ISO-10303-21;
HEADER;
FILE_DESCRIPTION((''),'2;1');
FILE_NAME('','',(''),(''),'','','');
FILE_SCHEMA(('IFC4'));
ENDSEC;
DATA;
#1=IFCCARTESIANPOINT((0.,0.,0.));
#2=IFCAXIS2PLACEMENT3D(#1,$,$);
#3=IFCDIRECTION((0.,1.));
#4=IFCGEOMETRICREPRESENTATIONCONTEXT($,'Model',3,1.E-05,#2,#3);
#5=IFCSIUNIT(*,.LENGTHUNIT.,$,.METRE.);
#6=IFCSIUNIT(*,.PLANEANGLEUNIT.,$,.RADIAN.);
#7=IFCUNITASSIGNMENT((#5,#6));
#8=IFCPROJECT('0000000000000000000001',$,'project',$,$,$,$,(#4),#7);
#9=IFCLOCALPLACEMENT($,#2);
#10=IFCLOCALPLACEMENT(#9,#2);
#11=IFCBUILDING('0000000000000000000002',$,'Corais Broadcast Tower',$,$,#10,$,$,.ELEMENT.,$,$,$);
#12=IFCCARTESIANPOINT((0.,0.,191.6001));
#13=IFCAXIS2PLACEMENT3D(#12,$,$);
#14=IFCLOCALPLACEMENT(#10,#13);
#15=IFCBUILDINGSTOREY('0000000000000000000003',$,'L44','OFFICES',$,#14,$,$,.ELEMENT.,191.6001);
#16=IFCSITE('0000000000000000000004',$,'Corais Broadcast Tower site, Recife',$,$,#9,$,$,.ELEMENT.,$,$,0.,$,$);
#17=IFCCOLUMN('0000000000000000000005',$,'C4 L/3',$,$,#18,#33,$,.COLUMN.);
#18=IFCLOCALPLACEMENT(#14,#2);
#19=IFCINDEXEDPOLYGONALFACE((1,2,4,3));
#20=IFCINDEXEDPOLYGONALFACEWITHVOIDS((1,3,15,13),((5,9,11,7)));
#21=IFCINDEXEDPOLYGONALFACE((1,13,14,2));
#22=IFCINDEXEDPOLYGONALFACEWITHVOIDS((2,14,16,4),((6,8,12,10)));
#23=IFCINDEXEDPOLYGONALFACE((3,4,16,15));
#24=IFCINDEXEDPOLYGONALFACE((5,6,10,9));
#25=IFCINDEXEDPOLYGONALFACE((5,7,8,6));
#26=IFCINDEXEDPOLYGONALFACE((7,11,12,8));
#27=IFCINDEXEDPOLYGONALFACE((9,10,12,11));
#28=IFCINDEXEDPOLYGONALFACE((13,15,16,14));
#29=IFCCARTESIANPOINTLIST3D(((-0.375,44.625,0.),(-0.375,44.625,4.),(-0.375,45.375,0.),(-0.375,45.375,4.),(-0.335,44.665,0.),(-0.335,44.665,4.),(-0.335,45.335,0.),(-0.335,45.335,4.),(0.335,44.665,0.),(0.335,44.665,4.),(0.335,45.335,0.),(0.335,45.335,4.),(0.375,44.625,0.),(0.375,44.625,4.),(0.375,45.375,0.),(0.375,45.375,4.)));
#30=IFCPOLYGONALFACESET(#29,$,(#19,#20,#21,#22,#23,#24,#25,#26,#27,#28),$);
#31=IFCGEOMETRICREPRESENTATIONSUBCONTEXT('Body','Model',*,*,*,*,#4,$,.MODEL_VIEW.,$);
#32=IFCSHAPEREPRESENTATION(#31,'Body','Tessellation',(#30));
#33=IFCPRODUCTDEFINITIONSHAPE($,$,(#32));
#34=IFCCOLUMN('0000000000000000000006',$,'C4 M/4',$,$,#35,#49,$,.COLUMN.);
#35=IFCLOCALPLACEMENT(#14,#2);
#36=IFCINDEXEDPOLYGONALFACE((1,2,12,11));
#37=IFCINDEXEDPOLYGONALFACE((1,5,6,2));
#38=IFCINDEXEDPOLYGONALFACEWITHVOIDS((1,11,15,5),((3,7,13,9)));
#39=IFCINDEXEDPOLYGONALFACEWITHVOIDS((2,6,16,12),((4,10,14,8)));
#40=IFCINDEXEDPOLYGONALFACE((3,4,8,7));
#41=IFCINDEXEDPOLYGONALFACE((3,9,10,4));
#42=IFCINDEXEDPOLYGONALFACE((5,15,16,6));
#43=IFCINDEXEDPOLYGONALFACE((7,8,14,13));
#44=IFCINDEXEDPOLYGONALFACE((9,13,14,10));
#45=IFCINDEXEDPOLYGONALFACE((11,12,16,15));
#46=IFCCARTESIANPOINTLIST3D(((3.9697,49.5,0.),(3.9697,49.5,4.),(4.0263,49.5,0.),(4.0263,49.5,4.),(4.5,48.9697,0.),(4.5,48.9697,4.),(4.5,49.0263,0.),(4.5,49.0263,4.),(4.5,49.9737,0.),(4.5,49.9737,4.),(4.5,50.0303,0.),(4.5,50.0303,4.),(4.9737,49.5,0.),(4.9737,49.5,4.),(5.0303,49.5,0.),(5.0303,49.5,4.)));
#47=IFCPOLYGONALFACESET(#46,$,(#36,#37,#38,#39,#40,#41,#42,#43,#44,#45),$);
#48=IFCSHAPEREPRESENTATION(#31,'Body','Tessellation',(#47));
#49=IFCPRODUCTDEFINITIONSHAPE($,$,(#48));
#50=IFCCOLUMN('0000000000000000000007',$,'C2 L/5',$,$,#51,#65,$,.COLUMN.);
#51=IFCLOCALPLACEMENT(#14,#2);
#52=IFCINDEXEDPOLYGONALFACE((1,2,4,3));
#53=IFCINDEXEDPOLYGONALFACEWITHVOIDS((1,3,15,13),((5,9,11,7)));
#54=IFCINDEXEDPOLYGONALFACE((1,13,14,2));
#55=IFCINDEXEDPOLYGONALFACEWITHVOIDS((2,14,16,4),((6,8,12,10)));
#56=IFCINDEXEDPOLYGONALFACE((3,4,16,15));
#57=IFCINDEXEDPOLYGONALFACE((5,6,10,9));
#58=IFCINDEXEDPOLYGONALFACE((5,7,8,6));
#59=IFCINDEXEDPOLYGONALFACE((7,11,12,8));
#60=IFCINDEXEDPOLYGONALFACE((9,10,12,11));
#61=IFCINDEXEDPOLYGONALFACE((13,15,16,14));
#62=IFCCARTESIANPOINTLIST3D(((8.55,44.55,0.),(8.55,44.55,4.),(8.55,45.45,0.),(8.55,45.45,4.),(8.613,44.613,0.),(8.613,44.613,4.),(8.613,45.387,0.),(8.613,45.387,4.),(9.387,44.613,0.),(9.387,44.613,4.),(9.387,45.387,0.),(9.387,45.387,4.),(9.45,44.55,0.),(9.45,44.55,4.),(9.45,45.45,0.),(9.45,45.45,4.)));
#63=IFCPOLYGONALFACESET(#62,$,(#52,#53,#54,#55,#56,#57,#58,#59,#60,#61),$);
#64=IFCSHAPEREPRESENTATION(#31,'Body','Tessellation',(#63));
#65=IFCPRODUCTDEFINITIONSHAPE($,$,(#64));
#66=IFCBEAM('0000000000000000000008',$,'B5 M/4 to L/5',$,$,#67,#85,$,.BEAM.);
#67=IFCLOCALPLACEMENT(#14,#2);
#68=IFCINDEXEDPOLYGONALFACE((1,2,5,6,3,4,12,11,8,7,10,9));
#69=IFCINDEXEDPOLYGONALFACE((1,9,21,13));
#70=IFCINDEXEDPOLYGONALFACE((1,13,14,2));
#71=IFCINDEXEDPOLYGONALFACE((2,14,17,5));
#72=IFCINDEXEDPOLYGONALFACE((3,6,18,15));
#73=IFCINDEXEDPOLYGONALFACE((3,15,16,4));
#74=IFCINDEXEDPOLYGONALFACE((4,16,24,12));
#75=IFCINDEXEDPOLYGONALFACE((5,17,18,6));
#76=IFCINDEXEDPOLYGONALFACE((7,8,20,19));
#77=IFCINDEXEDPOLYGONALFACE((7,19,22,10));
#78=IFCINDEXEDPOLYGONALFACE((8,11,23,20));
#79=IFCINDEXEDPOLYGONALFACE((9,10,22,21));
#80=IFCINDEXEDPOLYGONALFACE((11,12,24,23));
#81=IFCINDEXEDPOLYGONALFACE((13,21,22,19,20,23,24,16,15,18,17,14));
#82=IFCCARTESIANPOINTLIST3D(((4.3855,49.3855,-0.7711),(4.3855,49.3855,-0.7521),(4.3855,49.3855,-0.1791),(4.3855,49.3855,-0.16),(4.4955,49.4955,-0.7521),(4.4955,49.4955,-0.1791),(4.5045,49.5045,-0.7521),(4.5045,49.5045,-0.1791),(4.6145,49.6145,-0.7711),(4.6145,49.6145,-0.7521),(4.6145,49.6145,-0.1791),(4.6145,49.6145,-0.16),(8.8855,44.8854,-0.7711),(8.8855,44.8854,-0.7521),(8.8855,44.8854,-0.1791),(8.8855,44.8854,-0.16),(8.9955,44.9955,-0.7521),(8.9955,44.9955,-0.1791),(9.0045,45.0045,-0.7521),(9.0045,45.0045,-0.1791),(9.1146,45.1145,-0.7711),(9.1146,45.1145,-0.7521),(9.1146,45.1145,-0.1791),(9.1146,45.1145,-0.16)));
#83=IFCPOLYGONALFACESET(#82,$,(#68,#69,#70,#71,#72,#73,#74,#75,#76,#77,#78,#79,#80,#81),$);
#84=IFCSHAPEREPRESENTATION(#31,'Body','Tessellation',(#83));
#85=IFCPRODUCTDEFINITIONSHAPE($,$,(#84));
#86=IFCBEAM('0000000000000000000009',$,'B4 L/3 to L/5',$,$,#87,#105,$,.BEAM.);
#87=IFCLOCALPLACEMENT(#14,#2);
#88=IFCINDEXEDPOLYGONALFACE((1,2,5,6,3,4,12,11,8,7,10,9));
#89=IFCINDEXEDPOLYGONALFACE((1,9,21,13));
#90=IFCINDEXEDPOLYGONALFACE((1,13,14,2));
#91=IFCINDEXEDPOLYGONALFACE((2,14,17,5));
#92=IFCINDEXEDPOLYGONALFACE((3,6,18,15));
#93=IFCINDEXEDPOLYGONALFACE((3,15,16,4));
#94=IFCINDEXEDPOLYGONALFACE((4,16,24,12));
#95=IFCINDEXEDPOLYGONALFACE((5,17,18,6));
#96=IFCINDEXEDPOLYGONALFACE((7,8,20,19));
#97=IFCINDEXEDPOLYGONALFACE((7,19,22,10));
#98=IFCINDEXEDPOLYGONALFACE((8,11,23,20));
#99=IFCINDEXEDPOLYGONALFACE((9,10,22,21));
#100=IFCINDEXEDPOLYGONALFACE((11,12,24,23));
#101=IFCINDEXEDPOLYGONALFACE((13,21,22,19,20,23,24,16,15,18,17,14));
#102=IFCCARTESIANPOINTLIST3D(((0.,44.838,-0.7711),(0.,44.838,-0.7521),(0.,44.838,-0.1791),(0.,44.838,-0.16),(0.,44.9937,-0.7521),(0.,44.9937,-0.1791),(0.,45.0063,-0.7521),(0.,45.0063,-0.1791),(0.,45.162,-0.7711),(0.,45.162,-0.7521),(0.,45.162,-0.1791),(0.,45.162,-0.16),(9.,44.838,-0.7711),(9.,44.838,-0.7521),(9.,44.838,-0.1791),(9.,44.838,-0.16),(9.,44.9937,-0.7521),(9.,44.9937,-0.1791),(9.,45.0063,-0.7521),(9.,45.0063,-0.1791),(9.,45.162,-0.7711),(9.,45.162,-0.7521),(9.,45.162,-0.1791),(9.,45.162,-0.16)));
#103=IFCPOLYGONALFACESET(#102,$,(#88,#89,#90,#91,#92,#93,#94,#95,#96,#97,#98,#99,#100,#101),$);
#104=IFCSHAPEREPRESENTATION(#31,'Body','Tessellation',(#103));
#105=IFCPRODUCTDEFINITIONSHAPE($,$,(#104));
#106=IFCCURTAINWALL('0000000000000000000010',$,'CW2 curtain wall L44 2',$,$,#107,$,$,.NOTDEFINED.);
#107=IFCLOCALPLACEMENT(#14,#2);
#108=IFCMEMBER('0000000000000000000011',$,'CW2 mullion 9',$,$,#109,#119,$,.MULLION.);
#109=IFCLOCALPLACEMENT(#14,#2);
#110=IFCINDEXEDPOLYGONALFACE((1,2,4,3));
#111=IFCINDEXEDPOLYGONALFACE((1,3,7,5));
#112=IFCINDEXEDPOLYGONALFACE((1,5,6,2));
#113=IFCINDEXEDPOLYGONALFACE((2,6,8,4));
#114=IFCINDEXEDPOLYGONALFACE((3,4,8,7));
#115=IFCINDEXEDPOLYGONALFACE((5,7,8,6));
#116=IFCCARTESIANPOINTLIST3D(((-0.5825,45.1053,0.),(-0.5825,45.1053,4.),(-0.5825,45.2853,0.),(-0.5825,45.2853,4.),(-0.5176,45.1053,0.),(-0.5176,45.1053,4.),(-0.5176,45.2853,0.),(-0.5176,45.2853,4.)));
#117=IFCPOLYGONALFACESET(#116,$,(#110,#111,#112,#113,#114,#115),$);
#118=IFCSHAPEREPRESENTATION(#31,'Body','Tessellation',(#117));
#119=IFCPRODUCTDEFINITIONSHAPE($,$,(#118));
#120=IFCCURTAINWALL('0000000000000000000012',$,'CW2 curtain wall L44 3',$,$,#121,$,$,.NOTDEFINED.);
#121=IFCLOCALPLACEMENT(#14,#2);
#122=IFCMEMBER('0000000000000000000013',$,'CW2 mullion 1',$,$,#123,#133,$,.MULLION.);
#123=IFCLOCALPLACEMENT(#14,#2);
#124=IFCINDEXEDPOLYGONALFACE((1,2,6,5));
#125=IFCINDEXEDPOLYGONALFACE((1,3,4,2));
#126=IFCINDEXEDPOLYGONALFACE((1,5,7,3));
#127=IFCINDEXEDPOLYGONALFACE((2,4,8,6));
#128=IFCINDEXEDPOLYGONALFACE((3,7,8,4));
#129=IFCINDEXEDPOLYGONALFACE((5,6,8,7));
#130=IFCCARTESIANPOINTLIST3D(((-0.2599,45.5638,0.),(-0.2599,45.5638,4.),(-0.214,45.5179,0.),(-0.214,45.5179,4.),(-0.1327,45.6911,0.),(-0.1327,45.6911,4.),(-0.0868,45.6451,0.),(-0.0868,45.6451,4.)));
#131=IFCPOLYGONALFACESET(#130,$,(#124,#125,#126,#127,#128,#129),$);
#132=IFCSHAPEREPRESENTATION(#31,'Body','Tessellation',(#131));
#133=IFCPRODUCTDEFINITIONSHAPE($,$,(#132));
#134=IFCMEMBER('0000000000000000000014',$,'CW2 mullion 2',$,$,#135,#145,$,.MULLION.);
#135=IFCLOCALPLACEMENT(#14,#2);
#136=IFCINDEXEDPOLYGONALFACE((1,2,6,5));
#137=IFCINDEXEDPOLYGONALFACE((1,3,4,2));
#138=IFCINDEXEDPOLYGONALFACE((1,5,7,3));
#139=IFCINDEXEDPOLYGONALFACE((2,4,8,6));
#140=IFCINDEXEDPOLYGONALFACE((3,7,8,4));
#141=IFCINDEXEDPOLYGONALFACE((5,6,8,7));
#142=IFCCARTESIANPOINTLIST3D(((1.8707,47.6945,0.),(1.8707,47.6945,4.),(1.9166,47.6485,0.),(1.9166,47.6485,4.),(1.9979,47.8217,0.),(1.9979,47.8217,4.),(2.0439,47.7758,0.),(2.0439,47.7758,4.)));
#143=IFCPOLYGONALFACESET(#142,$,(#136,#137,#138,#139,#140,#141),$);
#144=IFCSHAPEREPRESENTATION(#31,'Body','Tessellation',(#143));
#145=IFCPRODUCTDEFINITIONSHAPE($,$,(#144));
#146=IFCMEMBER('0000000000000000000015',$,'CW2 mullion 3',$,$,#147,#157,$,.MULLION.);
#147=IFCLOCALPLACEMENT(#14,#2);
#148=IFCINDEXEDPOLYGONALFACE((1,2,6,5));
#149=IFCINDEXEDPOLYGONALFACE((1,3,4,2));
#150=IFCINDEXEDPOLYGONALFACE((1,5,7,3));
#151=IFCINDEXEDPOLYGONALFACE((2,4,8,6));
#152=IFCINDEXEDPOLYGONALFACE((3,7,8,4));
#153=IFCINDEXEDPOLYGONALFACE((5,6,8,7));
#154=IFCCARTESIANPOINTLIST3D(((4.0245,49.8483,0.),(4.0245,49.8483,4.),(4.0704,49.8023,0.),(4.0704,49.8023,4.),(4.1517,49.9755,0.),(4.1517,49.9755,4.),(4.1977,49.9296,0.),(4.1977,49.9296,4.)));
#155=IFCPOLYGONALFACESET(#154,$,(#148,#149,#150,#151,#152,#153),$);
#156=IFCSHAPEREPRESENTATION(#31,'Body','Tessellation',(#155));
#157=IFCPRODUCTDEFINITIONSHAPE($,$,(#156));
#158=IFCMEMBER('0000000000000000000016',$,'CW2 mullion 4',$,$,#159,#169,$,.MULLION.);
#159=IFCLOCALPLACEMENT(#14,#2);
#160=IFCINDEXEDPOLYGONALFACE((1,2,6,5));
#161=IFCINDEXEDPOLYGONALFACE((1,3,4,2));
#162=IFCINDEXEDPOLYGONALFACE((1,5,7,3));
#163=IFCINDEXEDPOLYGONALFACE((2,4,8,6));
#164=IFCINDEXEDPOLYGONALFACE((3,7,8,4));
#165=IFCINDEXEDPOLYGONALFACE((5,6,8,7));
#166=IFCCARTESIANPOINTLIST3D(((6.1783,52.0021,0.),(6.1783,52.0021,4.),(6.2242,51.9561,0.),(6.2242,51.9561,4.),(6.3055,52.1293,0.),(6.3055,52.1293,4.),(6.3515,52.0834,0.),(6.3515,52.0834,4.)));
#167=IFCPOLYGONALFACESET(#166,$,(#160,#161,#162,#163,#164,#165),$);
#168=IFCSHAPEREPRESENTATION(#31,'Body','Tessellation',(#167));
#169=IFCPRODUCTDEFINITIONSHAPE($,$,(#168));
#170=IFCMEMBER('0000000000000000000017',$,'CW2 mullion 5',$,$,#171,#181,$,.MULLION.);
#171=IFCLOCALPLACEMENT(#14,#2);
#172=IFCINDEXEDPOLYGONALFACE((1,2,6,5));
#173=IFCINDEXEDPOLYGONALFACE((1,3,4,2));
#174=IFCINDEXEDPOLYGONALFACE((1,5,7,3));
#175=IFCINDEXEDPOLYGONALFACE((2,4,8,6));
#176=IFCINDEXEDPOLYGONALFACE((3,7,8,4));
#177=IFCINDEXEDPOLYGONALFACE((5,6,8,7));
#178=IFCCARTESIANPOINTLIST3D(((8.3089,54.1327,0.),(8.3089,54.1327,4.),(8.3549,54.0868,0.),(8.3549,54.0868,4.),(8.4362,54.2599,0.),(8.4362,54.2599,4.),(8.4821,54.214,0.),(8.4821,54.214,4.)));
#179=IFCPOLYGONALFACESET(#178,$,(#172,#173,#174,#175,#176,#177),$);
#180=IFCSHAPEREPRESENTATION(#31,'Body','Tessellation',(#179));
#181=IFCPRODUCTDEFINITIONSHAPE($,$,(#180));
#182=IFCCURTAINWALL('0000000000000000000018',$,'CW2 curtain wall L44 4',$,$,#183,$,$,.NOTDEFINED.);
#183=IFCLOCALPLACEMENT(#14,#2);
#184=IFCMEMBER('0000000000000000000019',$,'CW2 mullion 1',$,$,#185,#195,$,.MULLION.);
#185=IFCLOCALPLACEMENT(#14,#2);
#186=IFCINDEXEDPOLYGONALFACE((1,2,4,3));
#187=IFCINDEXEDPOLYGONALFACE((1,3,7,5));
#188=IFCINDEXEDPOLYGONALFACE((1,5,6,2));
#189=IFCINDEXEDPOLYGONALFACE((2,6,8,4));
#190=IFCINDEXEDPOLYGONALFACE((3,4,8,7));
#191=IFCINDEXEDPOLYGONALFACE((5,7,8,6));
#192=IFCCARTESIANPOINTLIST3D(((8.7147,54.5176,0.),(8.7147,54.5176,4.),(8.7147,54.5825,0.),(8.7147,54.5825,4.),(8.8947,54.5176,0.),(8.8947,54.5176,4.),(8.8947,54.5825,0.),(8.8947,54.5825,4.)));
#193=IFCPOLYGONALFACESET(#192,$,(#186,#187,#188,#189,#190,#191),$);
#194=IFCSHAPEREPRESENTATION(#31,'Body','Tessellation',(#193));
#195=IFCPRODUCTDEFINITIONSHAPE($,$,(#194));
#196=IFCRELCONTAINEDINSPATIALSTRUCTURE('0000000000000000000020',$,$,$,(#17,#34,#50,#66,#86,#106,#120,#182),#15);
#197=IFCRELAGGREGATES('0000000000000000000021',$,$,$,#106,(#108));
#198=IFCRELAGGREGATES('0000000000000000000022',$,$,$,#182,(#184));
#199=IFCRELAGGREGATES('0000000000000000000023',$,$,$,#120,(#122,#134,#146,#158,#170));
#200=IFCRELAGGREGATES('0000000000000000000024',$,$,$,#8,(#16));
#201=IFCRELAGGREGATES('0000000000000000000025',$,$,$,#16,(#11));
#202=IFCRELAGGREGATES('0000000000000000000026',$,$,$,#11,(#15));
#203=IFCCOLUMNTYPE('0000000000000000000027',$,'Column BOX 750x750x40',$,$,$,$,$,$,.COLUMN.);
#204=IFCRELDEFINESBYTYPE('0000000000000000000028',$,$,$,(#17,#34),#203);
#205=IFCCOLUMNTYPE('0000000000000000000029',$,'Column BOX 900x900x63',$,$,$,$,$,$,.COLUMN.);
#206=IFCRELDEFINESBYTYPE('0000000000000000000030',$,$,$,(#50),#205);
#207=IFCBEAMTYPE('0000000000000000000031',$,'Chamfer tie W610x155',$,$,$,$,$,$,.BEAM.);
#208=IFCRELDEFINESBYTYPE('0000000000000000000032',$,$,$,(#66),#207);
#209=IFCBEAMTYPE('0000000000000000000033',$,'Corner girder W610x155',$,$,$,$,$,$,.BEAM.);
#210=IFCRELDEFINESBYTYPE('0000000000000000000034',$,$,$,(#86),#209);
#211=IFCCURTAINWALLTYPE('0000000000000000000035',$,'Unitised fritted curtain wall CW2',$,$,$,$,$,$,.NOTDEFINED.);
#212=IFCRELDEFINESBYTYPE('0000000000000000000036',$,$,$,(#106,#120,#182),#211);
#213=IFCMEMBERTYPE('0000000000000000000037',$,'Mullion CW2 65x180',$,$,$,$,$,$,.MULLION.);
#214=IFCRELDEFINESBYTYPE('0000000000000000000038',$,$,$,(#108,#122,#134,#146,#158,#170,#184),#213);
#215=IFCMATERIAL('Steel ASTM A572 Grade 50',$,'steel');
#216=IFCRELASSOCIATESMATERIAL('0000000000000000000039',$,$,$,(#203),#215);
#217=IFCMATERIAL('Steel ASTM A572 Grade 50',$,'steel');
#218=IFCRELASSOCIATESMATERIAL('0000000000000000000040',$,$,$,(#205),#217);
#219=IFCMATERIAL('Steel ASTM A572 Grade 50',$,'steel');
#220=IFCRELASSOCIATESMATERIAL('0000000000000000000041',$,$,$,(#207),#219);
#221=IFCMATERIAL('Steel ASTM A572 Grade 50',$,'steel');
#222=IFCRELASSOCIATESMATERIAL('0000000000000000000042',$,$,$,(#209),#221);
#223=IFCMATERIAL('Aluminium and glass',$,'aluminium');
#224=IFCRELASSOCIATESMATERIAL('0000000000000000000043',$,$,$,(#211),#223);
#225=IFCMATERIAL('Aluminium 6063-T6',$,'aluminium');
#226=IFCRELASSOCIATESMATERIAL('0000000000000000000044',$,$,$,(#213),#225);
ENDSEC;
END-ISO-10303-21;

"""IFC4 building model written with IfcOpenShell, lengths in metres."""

from ifc_helpers import new_model, si_unit, direction, frame, origin, origin_2d, place, context, subcontext, project, spatial, rectangle, hollow_rectangle, i_section, extrude, material, material_profile, profile_set, type_object, element, aggregate, save


model = new_model("IFC4")

# Units and contexts
model_context = context("Model", 3, precision=1e-05, world=origin(), true_north=direction((0.0, 1.0)))
body_context = subcontext(model_context, "Body", "Model", "MODEL_VIEW")
ifc_project = project(units=[si_unit("LENGTHUNIT", "METRE"), si_unit("PLANEANGLEUNIT", "RADIAN")], contexts=[model_context])

# Site, building, storey
site_placement = place(None, origin())
site = spatial("IfcSite", under=ifc_project, at=site_placement, Name="Corais Broadcast Tower site, Recife", CompositionType="ELEMENT", RefElevation=0.0)
building_placement = place(site_placement, origin())
building = spatial("IfcBuilding", under=site, at=building_placement, Name="Corais Broadcast Tower", CompositionType="ELEMENT")
storey_placement = place(building_placement, frame((0.0, 0.0, 191.6001)))
storey = spatial("IfcBuildingStorey", under=building, at=storey_placement, Name="L44", Description="OFFICES", CompositionType="ELEMENT", Elevation=191.6001)

# Columns
ifc_material_1 = material(Name="Steel ASTM A572 Grade 50", Category="steel")
ifc_material_profile_1 = material_profile(ifc_material_1, hollow_rectangle(XDim=0.75, YDim=0.75, WallThickness=0.04, at=origin_2d()), Name="BOX 750x750x40")
ifc_profile_set_1 = profile_set([ifc_material_profile_1], Name="Steel ASTM A572 Grade 50")
column_type_1 = type_object("IfcColumnType", Name="Column BOX 750x750x40", PredefinedType="COLUMN", material=ifc_profile_set_1)
for number, where, z_axis, x_axis, name in (
    (1, (0.0, 45.0, 0.0), (0.0, 0.0, 1.0), (1.0, 0.0, 0.0), "C4 L/3"),
    (2, (4.5, 49.5, 0.0), (0.0, 0.0, 1.0), (0.707107, 0.707107, 0.0), "C4 M/4"),
):
    element("IfcColumn", number, at=place(storey_placement, frame(where, z_axis=z_axis, x_axis=x_axis)), inside=storey, type_object=column_type_1, Name=name, PredefinedType="COLUMN", context=body_context, shape_type="SweptSolid", body=[
        extrude(hollow_rectangle(XDim=0.75, YDim=0.75, WallThickness=0.04, at=origin_2d()), origin(), (0.0, 0.0, 1.0), 4.0),
    ])
ifc_material_2 = material(Name="Steel ASTM A572 Grade 50", Category="steel")
ifc_material_profile_2 = material_profile(ifc_material_2, hollow_rectangle(XDim=0.8999, YDim=0.8999, WallThickness=0.063, at=origin_2d()), Name="BOX 900x900x63")
ifc_profile_set_2 = profile_set([ifc_material_profile_2], Name="Steel ASTM A572 Grade 50")
column_type_2 = type_object("IfcColumnType", Name="Column BOX 900x900x63", PredefinedType="COLUMN", material=ifc_profile_set_2)
column_placement = place(storey_placement, frame((9.0, 45.0, 0.0), z_axis=(0.0, 0.0, 1.0), x_axis=(1.0, 0.0, 0.0)))
element("IfcColumn", 3, at=column_placement, inside=storey, type_object=column_type_2, Name="C2 L/5", PredefinedType="COLUMN", context=body_context, shape_type="SweptSolid", body=[
    extrude(hollow_rectangle(XDim=0.8999, YDim=0.8999, WallThickness=0.063, at=origin_2d()), origin(), (0.0, 0.0, 1.0), 4.0),
])

# Beams
ifc_material_3 = material(Name="Steel ASTM A572 Grade 50", Category="steel")
ifc_material_profile_3 = material_profile(ifc_material_3, i_section(OverallWidth=0.324, OverallDepth=0.6111, WebThickness=0.0127, FlangeThickness=0.019, at=origin_2d()), Name="W610x155")
ifc_profile_set_3 = profile_set([ifc_material_profile_3], Name="Steel ASTM A572 Grade 50")
beam_type_1 = type_object("IfcBeamType", Name="Chamfer tie W610x155", PredefinedType="BEAM", material=ifc_profile_set_3)
beam_1_placement = place(storey_placement, frame((4.5, 49.5, -0.4656), z_axis=(0.707107, -0.707107, 0.0), x_axis=(0.707107, 0.707107, 0.0)))
element("IfcBeam", 4, at=beam_1_placement, inside=storey, type_object=beam_type_1, Name="B5 M/4 to L/5", PredefinedType="BEAM", context=body_context, shape_type="SweptSolid", body=[
    extrude(i_section(OverallWidth=0.324, OverallDepth=0.6111, WebThickness=0.0127, FlangeThickness=0.019, at=origin_2d()), origin(), (0.0, 0.0, 1.0), 6.364),
])
ifc_material_4 = material(Name="Steel ASTM A572 Grade 50", Category="steel")
ifc_material_profile_4 = material_profile(ifc_material_4, i_section(OverallWidth=0.324, OverallDepth=0.6111, WebThickness=0.0127, FlangeThickness=0.019, at=origin_2d()), Name="W610x155")
ifc_profile_set_4 = profile_set([ifc_material_profile_4], Name="Steel ASTM A572 Grade 50")
beam_type_2 = type_object("IfcBeamType", Name="Corner girder W610x155", PredefinedType="BEAM", material=ifc_profile_set_4)
beam_2_placement = place(storey_placement, frame((0.0, 45.0, -0.4656), z_axis=(1.0, 0.0, 0.0), x_axis=(0.0, 1.0, 0.0)))
element("IfcBeam", 5, at=beam_2_placement, inside=storey, type_object=beam_type_2, Name="B4 L/3 to L/5", PredefinedType="BEAM", context=body_context, shape_type="SweptSolid", body=[
    extrude(i_section(OverallWidth=0.324, OverallDepth=0.6111, WebThickness=0.0127, FlangeThickness=0.019, at=origin_2d()), origin(), (0.0, 0.0, 1.0), 9.0),
])

# Curtain wall, member
ifc_material_5 = material(Name="Aluminium and glass", Category="aluminium")
curtain_wall_type = type_object("IfcCurtainWallType", Name="Unitised fritted curtain wall CW2", PredefinedType="NOTDEFINED", material=ifc_material_5)
curtain_wall_1_placement = place(storey_placement, origin())
curtain_wall_1 = element("IfcCurtainWall", 6, at=curtain_wall_1_placement, inside=storey, type_object=curtain_wall_type, Name="CW2 curtain wall L44 2", PredefinedType="NOTDEFINED")
ifc_material_6 = material(Name="Aluminium 6063-T6", Category="aluminium")
ifc_material_profile_5 = material_profile(ifc_material_6, rectangle(XDim=0.0649, YDim=0.1799, at=origin_2d()), Name="Mullion CW2 65x180")
ifc_profile_set_5 = profile_set([ifc_material_profile_5], Name="Aluminium 6063-T6")
member_type_1 = type_object("IfcMemberType", Name="Mullion CW2 65x180", PredefinedType="MULLION", material=ifc_profile_set_5)
member_1_placement = place(storey_placement, frame((-0.55, 45.1953, 0.0), z_axis=(0.0, 0.0, 1.0), x_axis=(-1.0, 0.0, 0.0)))
member_1 = element("IfcMember", 7, at=member_1_placement, type_object=member_type_1, Name="CW2 mullion 9", PredefinedType="MULLION", context=body_context, shape_type="SweptSolid", body=[
    extrude(rectangle(XDim=0.0649, YDim=0.1799, at=origin_2d()), origin(), (0.0, 0.0, 1.0), 4.0),
])
aggregate(curtain_wall_1, [member_1])

# Curtain wall, members
curtain_wall_2_placement = place(storey_placement, origin())
curtain_wall_2 = element("IfcCurtainWall", 8, at=curtain_wall_2_placement, inside=storey, type_object=curtain_wall_type, Name="CW2 curtain wall L44 3", PredefinedType="NOTDEFINED")
member_2_placement = place(storey_placement, frame((-0.1733, 45.6045, 0.0), z_axis=(0.0, 0.0, 1.0), x_axis=(-0.707107, 0.707107, 0.0)))
member_2 = element("IfcMember", 9, at=member_2_placement, type_object=member_type_1, Name="CW2 mullion 1", PredefinedType="MULLION", context=body_context, shape_type="SweptSolid", body=[
    extrude(rectangle(XDim=0.0649, YDim=0.1799, at=origin_2d()), origin(), (0.0, 0.0, 1.0), 4.0),
])
member_3_placement = place(storey_placement, frame((1.9573, 47.7351, 0.0), z_axis=(0.0, 0.0, 1.0), x_axis=(-0.707107, 0.707107, 0.0)))
member_3 = element("IfcMember", 10, at=member_3_placement, type_object=member_type_1, Name="CW2 mullion 2", PredefinedType="MULLION", context=body_context, shape_type="SweptSolid", body=[
    extrude(rectangle(XDim=0.0649, YDim=0.1799, at=origin_2d()), origin(), (0.0, 0.0, 1.0), 4.0),
])
member_4_placement = place(storey_placement, frame((4.1111, 49.8889, 0.0), z_axis=(0.0, 0.0, 1.0), x_axis=(-0.707107, 0.707107, 0.0)))
member_4 = element("IfcMember", 11, at=member_4_placement, type_object=member_type_1, Name="CW2 mullion 3", PredefinedType="MULLION", context=body_context, shape_type="SweptSolid", body=[
    extrude(rectangle(XDim=0.0649, YDim=0.1799, at=origin_2d()), origin(), (0.0, 0.0, 1.0), 4.0),
])
member_5_placement = place(storey_placement, frame((6.2649, 52.0427, 0.0), z_axis=(0.0, 0.0, 1.0), x_axis=(-0.707107, 0.707107, 0.0)))
member_5 = element("IfcMember", 12, at=member_5_placement, type_object=member_type_1, Name="CW2 mullion 4", PredefinedType="MULLION", context=body_context, shape_type="SweptSolid", body=[
    extrude(rectangle(XDim=0.0649, YDim=0.1799, at=origin_2d()), origin(), (0.0, 0.0, 1.0), 4.0),
])
member_6_placement = place(storey_placement, frame((8.3955, 54.1733, 0.0), z_axis=(0.0, 0.0, 1.0), x_axis=(-0.707107, 0.707107, 0.0)))
member_6 = element("IfcMember", 13, at=member_6_placement, type_object=member_type_1, Name="CW2 mullion 5", PredefinedType="MULLION", context=body_context, shape_type="SweptSolid", body=[
    extrude(rectangle(XDim=0.0649, YDim=0.1799, at=origin_2d()), origin(), (0.0, 0.0, 1.0), 4.0),
])

# Curtain wall, member
curtain_wall_3_placement = place(storey_placement, origin())
curtain_wall_3 = element("IfcCurtainWall", 14, at=curtain_wall_3_placement, inside=storey, type_object=curtain_wall_type, Name="CW2 curtain wall L44 4", PredefinedType="NOTDEFINED")
member_7_placement = place(storey_placement, frame((8.8047, 54.55, 0.0), z_axis=(0.0, 0.0, 1.0), x_axis=(0.0, 1.0, 0.0)))
member_7 = element("IfcMember", 15, at=member_7_placement, type_object=member_type_1, Name="CW2 mullion 1", PredefinedType="MULLION", context=body_context, shape_type="SweptSolid", body=[
    extrude(rectangle(XDim=0.0649, YDim=0.1799, at=origin_2d()), origin(), (0.0, 0.0, 1.0), 4.0),
])

aggregate(curtain_wall_3, [member_7])

aggregate(curtain_wall_2, [member_2, member_3, member_4, member_5, member_6])

save(model, "model.ifc")
